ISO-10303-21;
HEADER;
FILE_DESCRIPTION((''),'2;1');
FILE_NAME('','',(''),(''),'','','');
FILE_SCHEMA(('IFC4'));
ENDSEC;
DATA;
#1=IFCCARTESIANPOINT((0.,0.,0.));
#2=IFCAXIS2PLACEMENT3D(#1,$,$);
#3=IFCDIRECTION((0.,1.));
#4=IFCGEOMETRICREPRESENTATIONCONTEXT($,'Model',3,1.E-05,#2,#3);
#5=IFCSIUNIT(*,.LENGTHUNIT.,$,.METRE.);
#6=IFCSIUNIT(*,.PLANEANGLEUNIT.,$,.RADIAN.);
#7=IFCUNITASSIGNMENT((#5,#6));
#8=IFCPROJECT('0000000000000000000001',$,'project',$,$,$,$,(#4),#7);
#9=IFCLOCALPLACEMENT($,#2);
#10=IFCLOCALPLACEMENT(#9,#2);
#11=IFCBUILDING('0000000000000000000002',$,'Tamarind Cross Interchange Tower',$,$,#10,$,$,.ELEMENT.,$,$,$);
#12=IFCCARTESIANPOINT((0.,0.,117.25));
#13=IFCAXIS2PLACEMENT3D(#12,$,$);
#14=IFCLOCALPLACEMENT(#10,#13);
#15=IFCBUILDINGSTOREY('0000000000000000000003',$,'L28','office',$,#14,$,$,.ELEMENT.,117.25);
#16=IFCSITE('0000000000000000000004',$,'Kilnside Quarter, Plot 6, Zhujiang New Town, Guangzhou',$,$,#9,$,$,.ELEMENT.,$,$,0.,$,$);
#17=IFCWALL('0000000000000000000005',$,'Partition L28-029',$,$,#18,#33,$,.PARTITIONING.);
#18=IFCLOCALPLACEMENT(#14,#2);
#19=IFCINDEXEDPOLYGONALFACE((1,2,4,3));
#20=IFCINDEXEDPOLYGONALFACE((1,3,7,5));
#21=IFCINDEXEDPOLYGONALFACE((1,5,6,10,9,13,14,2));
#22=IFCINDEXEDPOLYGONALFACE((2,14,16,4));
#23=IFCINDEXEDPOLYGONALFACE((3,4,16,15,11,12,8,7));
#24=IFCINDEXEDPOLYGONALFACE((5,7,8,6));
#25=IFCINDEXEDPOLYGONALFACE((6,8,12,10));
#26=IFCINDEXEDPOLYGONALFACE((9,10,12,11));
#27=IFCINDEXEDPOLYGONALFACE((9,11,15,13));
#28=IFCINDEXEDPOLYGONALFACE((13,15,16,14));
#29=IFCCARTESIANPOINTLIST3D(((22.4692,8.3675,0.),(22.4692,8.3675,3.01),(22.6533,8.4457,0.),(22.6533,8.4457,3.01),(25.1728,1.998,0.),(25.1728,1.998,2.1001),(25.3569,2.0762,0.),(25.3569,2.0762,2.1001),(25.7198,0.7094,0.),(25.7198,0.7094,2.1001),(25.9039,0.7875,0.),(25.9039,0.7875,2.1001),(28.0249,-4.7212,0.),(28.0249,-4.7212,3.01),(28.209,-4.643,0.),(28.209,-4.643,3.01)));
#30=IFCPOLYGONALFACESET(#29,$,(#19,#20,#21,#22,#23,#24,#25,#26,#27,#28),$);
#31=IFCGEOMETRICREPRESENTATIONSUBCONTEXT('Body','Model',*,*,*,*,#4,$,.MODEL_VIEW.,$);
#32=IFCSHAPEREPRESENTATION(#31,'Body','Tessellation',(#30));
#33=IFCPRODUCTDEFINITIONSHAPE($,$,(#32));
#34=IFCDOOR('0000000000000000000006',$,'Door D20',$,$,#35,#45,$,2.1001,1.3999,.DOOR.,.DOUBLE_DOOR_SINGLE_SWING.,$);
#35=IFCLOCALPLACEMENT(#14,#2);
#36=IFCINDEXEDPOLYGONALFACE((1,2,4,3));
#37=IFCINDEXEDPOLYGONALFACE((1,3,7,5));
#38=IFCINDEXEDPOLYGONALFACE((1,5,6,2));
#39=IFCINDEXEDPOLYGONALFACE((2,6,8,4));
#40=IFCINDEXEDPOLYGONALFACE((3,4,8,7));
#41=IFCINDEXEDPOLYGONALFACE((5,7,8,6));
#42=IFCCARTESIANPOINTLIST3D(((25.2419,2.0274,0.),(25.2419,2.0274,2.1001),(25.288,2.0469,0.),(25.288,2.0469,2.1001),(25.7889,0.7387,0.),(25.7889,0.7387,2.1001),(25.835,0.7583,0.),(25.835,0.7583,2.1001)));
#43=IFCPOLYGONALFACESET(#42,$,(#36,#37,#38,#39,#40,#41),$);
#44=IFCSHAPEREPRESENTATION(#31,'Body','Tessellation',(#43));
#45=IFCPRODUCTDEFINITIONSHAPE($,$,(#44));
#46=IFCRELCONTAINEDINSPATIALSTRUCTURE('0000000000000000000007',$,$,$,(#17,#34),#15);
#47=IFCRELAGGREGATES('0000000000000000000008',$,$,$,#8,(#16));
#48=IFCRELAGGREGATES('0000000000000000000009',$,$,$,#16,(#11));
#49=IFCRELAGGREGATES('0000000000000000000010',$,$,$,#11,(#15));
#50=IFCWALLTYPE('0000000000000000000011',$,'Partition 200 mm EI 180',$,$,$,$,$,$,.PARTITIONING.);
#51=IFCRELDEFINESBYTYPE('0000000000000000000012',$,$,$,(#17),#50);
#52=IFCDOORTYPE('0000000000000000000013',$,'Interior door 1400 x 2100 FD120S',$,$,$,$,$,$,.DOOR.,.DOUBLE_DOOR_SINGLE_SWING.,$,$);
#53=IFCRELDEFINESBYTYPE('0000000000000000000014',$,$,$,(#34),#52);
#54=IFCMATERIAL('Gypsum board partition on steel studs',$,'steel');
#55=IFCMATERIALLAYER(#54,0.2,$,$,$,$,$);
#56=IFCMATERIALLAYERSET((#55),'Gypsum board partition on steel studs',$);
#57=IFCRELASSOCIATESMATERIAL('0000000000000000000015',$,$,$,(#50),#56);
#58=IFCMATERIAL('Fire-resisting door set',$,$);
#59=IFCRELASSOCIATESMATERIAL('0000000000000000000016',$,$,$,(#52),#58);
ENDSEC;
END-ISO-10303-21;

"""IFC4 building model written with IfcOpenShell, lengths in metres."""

from ifc_helpers import new_model, si_unit, direction, frame, frame_2d, origin, place, context, subcontext, project, spatial, rectangle, extrude, material, layer, layer_set, type_object, element, fill, save


model = new_model("IFC4")

# Units and contexts
model_context = context("Model", 3, precision=1e-05, world=origin(), true_north=direction((0.0, 1.0)))
body_context = subcontext(model_context, "Body", "Model", "MODEL_VIEW")
ifc_project = project(units=[si_unit("LENGTHUNIT", "METRE"), si_unit("PLANEANGLEUNIT", "RADIAN")], contexts=[model_context])

# Site, building, storey
site_placement = place(None, origin())
site = spatial("IfcSite", under=ifc_project, at=site_placement, Name="Kilnside Quarter, Plot 6, Zhujiang New Town, Guangzhou", CompositionType="ELEMENT", RefElevation=0.0)
building_placement = place(site_placement, origin())
building = spatial("IfcBuilding", under=site, at=building_placement, Name="Tamarind Cross Interchange Tower", CompositionType="ELEMENT")
storey_placement = place(building_placement, frame((0.0, 0.0, 117.25)))
storey = spatial("IfcBuildingStorey", under=building, at=storey_placement, Name="L28", Description="office", CompositionType="ELEMENT", Elevation=117.25)

# Shared definitions
ifc_material_1 = material(Name="Gypsum board partition on steel studs", Category="steel")

# Wall, opening, door
ifc_material_2 = material(Name="Fire-resisting door set")
ifc_layer_1 = layer(ifc_material_1, 0.2)
ifc_layer_set_1 = layer_set([ifc_layer_1], Name="Gypsum board partition on steel studs")
wall_type_1 = type_object("IfcWallType", Name="Partition 200 mm EI 180", PredefinedType="PARTITIONING", material=ifc_layer_set_1)
wall_1_placement = place(storey_placement, frame((22.5613, 8.4065, 0.0), z_axis=(0.0, 0.0, 1.0), x_axis=(0.390724, -0.920508, 0.0)))
wall_1 = element("IfcWall", 1, at=wall_1_placement, inside=storey, type_object=wall_type_1, Name="Partition L28-029", PredefinedType="PARTITIONING", context=body_context, shape_type="SweptSolid", body=[
    extrude(rectangle(XDim=14.219, YDim=0.2, at=frame_2d((7.1094, 0.0))), origin(), (0.0, 0.0, 1.0), 3.01),
])
opening_1_placement = place(wall_1_placement, frame((6.9194, 0.0, 0.0)))
opening_1 = element("IfcOpeningElement", 2, at=opening_1_placement, cuts=wall_1, PredefinedType="OPENING", context=body_context, shape_type="SweptSolid", body=[
    extrude(rectangle(XDim=1.3999, YDim=2.1001, at=frame_2d((0.7, 1.05))), frame((0.0, 0.1099, 0.0), z_axis=(0.0, -1.0, 0.0), x_axis=(1.0, 0.0, 0.0)), (0.0, 0.0, 1.0), 0.22),
])
door_type_1 = type_object("IfcDoorType", Name="Interior door 1400 x 2100 FD120S", OperationType="DOUBLE_DOOR_SINGLE_SWING", PredefinedType="DOOR", material=ifc_material_2)
door_1_placement = place(opening_1_placement, frame((1.3999, 0.0, 0.0), z_axis=(0.0, 0.0, 1.0), x_axis=(-1.0, 0.0, 0.0)))
door_1 = element("IfcDoor", 3, at=door_1_placement, inside=storey, type_object=door_type_1, Name="Door D20", OperationType="DOUBLE_DOOR_SINGLE_SWING", OverallHeight=2.1001, OverallWidth=1.3999, PredefinedType="DOOR", context=body_context, shape_type="SweptSolid", body=[
    extrude(rectangle(XDim=1.3999, YDim=2.1001, at=frame_2d((0.7, 1.05))), frame((0.0, 0.0249, 0.0), z_axis=(0.0, -1.0, 0.0), x_axis=(1.0, 0.0, 0.0)), (0.0, 0.0, 1.0), 0.05),
])
fill(opening_1, door_1)

save(model, "model.ifc")
